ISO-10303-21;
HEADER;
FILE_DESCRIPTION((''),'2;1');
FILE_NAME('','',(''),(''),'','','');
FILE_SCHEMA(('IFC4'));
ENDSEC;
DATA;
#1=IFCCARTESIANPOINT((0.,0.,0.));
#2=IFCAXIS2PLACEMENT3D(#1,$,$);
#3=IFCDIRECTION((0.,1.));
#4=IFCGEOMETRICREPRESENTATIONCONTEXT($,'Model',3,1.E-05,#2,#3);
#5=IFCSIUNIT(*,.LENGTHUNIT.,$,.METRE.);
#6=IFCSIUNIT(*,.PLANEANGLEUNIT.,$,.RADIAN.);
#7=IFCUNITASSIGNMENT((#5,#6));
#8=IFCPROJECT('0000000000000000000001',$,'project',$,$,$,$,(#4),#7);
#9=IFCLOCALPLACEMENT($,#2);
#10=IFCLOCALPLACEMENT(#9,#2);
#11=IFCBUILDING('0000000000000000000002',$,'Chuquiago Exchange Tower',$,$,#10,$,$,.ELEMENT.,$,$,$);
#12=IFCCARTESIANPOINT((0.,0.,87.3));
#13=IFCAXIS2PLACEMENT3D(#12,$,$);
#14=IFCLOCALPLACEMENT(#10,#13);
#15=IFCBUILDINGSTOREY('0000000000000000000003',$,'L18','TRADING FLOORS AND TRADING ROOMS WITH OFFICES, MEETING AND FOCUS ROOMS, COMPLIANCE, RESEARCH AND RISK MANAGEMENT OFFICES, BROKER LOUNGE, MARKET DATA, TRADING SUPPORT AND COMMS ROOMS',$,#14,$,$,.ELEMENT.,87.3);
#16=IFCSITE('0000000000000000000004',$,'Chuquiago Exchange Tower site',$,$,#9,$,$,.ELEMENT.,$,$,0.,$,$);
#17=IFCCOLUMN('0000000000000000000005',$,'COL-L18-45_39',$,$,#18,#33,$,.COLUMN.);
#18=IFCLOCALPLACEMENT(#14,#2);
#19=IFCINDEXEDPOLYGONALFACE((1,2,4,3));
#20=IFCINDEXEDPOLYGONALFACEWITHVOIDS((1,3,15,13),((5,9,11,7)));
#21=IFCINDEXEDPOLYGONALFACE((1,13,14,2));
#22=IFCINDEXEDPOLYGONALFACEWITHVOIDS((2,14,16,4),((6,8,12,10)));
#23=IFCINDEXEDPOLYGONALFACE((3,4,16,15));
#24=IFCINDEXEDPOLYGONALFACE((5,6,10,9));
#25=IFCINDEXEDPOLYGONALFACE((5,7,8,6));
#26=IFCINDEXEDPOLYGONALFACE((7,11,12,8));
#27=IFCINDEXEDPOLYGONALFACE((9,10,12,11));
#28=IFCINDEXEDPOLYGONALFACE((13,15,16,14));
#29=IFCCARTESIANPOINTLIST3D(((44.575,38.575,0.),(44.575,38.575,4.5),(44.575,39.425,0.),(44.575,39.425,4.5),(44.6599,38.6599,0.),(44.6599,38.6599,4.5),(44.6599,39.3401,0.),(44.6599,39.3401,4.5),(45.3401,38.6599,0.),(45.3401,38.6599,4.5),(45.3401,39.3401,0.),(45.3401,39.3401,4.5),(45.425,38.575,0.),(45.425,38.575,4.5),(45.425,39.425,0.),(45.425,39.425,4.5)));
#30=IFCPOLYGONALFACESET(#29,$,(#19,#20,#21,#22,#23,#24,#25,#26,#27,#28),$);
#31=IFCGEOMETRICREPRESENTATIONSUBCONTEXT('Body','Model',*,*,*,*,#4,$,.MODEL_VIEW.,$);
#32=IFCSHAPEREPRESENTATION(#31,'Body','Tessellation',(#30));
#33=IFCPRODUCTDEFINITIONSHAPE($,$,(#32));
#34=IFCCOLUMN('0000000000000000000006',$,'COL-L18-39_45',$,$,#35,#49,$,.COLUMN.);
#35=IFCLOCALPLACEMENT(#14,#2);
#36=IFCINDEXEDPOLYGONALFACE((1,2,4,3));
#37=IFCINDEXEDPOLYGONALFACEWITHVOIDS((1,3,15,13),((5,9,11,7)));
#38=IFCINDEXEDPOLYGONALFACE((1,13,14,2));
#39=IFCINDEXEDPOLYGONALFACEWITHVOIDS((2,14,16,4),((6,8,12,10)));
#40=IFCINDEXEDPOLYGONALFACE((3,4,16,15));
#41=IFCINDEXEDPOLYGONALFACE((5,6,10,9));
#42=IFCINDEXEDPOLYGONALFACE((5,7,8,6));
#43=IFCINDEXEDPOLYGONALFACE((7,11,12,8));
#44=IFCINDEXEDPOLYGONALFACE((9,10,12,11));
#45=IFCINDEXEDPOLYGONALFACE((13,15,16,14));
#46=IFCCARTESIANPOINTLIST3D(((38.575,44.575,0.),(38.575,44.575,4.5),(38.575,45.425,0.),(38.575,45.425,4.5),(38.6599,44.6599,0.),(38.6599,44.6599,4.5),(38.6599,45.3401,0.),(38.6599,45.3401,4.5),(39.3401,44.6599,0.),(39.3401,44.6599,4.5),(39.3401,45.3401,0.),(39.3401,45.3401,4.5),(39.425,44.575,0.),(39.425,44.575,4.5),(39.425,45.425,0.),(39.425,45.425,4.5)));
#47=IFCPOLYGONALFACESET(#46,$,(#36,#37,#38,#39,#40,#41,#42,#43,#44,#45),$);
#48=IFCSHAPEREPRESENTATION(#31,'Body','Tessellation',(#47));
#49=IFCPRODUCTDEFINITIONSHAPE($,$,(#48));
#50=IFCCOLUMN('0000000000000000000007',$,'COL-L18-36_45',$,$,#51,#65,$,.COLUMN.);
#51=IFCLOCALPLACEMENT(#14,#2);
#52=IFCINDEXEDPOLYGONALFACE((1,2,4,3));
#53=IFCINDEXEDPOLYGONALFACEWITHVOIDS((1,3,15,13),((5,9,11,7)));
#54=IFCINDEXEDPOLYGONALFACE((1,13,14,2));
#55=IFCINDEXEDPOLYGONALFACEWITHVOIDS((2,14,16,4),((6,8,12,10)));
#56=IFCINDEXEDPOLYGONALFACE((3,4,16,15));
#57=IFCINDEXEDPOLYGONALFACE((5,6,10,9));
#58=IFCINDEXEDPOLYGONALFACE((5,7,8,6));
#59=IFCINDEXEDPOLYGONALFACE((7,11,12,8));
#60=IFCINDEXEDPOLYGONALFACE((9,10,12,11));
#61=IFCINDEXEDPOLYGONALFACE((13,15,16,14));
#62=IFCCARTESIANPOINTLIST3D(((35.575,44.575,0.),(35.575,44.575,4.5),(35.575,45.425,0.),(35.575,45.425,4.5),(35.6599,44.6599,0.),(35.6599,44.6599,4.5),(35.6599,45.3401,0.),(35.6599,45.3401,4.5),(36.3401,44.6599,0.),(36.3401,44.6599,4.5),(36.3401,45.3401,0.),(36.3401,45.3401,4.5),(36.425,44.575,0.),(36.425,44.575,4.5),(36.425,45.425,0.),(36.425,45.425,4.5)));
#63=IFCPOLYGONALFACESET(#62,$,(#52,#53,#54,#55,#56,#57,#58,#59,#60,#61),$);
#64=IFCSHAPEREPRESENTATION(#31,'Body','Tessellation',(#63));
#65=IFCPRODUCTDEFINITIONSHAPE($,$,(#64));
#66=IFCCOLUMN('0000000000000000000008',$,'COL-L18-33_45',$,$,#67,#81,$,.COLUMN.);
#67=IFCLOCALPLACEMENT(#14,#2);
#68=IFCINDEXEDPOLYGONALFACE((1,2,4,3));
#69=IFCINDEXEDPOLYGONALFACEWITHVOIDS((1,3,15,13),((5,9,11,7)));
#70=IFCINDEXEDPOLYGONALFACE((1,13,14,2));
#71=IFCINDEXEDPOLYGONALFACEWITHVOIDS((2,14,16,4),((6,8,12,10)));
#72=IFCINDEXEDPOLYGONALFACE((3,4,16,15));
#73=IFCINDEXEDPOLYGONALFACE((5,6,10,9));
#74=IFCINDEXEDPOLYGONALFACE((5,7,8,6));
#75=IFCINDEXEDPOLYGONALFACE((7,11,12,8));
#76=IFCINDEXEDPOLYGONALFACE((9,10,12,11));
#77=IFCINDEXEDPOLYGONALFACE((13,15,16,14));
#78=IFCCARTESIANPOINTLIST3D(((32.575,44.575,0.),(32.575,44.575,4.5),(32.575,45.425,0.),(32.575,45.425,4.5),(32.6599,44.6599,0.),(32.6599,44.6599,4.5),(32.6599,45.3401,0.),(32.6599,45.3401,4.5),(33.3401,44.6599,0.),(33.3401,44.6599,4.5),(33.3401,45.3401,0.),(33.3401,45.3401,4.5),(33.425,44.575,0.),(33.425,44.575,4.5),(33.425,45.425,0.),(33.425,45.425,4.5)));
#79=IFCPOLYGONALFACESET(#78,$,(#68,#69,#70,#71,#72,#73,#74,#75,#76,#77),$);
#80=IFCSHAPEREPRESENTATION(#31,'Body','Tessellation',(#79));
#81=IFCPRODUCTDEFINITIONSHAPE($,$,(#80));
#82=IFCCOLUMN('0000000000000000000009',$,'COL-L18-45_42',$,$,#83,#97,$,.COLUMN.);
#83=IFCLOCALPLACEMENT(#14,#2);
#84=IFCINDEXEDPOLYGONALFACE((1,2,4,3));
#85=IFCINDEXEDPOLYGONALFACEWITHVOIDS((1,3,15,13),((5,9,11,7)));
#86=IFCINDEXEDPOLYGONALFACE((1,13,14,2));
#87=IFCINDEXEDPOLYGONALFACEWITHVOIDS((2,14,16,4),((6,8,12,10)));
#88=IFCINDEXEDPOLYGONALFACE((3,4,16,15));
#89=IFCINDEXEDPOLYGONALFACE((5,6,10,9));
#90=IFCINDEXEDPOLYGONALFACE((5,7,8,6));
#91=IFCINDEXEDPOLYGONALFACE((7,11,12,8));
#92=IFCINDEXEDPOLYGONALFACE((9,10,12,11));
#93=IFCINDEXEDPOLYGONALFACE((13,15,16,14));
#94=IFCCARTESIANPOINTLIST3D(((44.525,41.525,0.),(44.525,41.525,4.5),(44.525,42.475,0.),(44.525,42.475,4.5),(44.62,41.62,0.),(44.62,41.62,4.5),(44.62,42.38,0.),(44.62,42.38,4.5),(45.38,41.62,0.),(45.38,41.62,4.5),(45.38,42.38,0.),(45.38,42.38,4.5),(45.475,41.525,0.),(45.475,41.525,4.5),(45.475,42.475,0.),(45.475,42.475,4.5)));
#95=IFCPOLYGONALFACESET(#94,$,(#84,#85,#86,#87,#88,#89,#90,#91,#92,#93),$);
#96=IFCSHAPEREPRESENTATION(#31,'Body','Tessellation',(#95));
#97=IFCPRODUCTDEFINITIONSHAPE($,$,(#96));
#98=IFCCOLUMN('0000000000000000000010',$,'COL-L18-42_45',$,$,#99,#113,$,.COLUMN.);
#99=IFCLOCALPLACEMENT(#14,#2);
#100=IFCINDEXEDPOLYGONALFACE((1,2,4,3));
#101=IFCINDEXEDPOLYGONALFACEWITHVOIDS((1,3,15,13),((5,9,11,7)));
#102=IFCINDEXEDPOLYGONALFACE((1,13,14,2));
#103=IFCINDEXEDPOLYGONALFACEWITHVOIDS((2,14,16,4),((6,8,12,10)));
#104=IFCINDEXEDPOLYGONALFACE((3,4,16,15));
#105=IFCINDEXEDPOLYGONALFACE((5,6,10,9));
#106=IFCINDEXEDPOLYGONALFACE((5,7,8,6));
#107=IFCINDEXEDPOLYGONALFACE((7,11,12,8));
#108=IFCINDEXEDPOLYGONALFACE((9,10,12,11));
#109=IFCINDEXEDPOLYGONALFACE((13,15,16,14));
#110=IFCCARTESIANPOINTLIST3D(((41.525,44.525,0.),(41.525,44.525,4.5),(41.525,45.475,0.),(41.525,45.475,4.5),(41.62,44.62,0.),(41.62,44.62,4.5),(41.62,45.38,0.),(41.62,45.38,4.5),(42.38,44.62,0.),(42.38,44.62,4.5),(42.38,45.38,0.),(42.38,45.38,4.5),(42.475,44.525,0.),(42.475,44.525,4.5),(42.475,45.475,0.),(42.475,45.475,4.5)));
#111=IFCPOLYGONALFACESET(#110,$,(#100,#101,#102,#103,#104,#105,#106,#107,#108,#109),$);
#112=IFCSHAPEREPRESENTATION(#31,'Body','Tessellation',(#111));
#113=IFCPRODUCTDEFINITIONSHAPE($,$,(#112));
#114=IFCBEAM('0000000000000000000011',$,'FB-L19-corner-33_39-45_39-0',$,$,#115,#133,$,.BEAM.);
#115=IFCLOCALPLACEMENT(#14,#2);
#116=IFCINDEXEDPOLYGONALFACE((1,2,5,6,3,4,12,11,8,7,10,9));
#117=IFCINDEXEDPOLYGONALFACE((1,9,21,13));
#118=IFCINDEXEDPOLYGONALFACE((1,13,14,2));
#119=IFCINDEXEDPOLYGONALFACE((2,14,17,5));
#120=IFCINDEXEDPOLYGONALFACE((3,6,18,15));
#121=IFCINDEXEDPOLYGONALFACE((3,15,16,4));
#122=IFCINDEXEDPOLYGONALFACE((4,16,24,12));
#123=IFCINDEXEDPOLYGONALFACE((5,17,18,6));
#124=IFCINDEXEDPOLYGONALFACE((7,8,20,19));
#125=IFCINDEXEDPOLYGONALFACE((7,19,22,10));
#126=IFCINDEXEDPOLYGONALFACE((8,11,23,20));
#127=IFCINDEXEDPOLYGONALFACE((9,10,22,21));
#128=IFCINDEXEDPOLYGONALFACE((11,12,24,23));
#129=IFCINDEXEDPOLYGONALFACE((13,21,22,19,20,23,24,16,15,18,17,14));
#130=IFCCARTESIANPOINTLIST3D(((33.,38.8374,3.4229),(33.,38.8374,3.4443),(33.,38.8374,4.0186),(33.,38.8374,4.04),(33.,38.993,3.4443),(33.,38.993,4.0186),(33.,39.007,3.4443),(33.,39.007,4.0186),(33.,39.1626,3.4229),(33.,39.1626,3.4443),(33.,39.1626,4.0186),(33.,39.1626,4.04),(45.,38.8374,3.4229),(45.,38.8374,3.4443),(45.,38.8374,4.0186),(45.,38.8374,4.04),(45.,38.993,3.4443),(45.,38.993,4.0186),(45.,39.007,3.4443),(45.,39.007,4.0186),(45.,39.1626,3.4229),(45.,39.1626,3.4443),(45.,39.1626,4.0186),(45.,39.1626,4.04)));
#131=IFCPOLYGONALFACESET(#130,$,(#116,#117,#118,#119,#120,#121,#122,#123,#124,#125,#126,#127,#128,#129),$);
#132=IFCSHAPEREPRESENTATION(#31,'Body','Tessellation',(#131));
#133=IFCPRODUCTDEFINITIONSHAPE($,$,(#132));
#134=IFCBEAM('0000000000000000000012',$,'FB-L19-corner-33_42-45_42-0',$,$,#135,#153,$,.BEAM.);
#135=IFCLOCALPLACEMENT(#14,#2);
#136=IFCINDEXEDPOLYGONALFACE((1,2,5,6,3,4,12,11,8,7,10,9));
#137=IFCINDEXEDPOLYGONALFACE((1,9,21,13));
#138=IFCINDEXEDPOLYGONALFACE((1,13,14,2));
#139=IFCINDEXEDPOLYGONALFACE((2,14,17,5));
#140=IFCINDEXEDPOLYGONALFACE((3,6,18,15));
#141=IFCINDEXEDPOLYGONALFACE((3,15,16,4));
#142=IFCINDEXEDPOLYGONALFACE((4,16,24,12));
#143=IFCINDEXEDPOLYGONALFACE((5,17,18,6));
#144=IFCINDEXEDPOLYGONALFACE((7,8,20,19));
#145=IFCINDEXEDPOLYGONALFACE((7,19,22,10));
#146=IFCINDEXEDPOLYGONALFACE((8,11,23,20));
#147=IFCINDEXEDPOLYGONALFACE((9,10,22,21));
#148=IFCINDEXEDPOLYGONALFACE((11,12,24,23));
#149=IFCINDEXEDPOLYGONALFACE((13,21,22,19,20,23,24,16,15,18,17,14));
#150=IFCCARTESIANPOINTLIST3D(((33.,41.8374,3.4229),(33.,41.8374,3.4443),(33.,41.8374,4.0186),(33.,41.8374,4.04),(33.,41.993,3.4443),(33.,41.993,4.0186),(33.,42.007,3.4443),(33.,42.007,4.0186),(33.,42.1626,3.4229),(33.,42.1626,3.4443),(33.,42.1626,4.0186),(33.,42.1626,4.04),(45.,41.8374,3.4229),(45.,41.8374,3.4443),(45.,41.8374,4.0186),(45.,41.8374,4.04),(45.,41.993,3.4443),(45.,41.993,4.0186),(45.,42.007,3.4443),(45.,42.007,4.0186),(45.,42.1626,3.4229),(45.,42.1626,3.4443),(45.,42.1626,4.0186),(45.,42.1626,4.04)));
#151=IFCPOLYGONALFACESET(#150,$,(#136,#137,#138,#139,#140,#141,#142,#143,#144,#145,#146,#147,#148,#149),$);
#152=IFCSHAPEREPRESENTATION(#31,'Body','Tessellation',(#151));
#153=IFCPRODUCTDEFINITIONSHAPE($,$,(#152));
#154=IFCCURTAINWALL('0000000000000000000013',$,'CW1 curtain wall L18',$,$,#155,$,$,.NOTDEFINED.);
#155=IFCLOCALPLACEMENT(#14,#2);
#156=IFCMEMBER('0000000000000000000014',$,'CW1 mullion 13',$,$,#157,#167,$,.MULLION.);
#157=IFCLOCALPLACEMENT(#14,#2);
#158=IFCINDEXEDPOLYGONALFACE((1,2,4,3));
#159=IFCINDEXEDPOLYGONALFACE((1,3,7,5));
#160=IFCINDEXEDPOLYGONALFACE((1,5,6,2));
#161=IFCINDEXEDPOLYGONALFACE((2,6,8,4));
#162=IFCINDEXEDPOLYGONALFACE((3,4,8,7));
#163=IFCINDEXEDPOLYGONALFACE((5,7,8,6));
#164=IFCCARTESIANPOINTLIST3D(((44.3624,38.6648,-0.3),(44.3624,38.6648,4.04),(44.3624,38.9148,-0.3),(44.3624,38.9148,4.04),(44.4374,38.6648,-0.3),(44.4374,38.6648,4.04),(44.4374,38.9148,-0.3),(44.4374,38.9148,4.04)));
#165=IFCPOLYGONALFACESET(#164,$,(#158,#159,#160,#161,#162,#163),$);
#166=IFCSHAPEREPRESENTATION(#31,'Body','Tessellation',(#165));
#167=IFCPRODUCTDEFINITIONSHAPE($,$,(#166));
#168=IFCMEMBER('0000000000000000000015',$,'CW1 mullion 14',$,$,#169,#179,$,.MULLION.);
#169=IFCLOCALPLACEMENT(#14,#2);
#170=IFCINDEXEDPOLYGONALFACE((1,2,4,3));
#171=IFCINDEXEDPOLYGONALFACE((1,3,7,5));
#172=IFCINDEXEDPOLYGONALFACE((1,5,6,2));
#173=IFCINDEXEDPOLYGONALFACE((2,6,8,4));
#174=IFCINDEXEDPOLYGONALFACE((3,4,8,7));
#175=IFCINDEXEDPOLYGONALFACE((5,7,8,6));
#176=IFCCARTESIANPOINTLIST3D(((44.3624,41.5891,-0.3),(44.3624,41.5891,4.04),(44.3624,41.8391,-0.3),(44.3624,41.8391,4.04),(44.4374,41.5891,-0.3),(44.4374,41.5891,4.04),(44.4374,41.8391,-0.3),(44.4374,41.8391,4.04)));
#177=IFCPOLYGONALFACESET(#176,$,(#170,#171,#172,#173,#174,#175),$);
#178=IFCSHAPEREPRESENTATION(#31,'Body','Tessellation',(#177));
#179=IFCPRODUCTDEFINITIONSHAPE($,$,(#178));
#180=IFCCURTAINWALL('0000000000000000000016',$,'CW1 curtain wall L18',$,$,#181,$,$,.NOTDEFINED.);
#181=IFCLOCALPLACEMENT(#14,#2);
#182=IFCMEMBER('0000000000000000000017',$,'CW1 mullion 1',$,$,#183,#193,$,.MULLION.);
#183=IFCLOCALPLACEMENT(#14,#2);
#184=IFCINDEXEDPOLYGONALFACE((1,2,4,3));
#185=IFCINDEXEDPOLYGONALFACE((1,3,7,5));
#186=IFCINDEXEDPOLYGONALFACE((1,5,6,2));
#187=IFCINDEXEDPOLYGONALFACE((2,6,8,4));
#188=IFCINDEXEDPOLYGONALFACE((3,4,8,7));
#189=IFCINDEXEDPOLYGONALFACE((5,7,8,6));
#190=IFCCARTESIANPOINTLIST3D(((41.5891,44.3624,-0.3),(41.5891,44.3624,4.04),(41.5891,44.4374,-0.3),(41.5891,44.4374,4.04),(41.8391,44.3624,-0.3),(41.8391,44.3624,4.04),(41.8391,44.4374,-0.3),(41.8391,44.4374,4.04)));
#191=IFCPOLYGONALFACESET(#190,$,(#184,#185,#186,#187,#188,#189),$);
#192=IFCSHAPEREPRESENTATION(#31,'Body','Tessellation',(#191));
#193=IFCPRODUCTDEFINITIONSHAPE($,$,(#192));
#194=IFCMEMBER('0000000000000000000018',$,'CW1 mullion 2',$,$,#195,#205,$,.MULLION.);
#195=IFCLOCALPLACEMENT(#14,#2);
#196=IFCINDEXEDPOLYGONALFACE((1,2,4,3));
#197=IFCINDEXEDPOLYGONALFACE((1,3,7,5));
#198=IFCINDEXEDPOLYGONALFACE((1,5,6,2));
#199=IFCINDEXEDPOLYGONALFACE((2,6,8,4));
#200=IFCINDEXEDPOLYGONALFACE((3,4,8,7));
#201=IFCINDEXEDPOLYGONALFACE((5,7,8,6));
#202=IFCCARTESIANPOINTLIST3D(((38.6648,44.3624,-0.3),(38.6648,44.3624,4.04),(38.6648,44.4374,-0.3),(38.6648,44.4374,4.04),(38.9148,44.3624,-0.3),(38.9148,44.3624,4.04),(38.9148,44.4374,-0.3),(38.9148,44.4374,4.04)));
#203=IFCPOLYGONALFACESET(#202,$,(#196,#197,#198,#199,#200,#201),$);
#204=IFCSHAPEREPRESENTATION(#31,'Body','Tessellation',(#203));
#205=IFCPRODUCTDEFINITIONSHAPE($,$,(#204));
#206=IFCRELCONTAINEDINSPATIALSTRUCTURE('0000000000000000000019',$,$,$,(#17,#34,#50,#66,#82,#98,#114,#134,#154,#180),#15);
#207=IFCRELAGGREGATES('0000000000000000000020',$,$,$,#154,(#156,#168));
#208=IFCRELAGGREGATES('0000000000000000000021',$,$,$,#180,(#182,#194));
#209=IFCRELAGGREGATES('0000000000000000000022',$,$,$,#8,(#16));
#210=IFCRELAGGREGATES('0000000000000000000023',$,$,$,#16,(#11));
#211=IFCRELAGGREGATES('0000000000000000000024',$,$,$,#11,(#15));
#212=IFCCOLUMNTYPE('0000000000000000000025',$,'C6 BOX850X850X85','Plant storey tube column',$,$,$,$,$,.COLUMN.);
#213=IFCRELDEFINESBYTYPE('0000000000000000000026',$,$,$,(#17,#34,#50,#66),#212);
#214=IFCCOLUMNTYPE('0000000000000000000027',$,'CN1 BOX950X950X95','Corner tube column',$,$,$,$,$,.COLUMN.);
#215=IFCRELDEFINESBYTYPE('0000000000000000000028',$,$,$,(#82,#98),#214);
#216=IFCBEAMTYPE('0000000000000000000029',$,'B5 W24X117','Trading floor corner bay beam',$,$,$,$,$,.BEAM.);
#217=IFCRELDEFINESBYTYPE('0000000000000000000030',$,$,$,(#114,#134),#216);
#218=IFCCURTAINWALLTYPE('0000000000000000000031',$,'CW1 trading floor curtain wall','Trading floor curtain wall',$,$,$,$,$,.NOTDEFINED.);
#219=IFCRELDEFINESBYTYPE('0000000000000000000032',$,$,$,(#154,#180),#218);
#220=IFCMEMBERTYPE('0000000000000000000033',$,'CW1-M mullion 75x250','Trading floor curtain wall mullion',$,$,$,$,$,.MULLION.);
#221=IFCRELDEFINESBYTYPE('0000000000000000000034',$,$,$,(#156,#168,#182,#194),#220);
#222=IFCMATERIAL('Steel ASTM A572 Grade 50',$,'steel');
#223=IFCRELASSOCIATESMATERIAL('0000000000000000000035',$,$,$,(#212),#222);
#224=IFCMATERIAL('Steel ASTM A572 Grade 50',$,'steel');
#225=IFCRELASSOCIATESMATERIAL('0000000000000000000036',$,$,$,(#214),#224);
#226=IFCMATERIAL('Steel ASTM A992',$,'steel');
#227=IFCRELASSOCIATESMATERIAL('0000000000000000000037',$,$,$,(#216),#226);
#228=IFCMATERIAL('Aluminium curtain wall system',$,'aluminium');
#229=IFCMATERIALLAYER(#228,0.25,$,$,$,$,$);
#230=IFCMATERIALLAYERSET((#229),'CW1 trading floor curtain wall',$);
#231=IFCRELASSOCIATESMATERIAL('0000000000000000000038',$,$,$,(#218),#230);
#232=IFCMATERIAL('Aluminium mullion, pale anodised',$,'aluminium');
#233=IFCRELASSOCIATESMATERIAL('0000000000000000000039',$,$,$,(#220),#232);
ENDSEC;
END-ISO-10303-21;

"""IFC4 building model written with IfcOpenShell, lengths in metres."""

from ifc_helpers import new_model, si_unit, direction, frame, origin, origin_2d, place, context, subcontext, project, spatial, rectangle, hollow_rectangle, i_section, extrude, material, layer, layer_set, material_profile, profile_set, type_object, element, aggregate, save


model = new_model("IFC4")

# Units and contexts
model_context = context("Model", 3, precision=1e-05, world=origin(), true_north=direction((0.0, 1.0)))
body_context = subcontext(model_context, "Body", "Model", "MODEL_VIEW")
ifc_project = project(units=[si_unit("LENGTHUNIT", "METRE"), si_unit("PLANEANGLEUNIT", "RADIAN")], contexts=[model_context])

# Site, building, storey
site_placement = place(None, origin())
site = spatial("IfcSite", under=ifc_project, at=site_placement, Name="Chuquiago Exchange Tower site", CompositionType="ELEMENT", RefElevation=0.0)
building_placement = place(site_placement, origin())
building = spatial("IfcBuilding", under=site, at=building_placement, Name="Chuquiago Exchange Tower", CompositionType="ELEMENT")
storey_placement = place(building_placement, frame((0.0, 0.0, 87.3)))
storey = spatial("IfcBuildingStorey", under=building, at=storey_placement, Name="L18", Description="TRADING FLOORS AND TRADING ROOMS WITH OFFICES, MEETING AND FOCUS ROOMS, COMPLIANCE, RESEARCH AND RISK MANAGEMENT OFFICES, BROKER LOUNGE, MARKET DATA, TRADING SUPPORT AND COMMS ROOMS", CompositionType="ELEMENT", Elevation=87.3)

# Columns
ifc_material_1 = material(Name="Steel ASTM A572 Grade 50", Category="steel")
ifc_material_profile_1 = material_profile(ifc_material_1, hollow_rectangle(XDim=0.8501, YDim=0.8501, WallThickness=0.085, at=origin_2d()), Name="BOX850X850X85")
ifc_profile_set_1 = profile_set([ifc_material_profile_1], Name="Steel ASTM A572 Grade 50")
column_type_1 = type_object("IfcColumnType", Name="C6 BOX850X850X85", Description="Plant storey tube column", PredefinedType="COLUMN", material=ifc_profile_set_1)
for number, where, z_axis, x_axis, name in (
    (1, (45.0, 39.0, 0.0), (0.0, 0.0, 1.0), (1.0, 0.0, 0.0), "COL-L18-45_39"),
    (2, (39.0, 45.0, 0.0), (0.0, 0.0, 1.0), (0.0, 1.0, 0.0), "COL-L18-39_45"),
    (3, (36.0, 45.0, 0.0), (0.0, 0.0, 1.0), (0.0, 1.0, 0.0), "COL-L18-36_45"),
    (4, (33.0, 45.0, 0.0), (0.0, 0.0, 1.0), (0.0, 1.0, 0.0), "COL-L18-33_45"),
):
    element("IfcColumn", number, at=place(storey_placement, frame(where, z_axis=z_axis, x_axis=x_axis)), inside=storey, type_object=column_type_1, Name=name, PredefinedType="COLUMN", context=body_context, shape_type="SweptSolid", body=[
        extrude(hollow_rectangle(XDim=0.8501, YDim=0.8501, WallThickness=0.085, at=origin_2d()), origin(), (0.0, 0.0, 1.0), 4.5),
    ])
ifc_material_2 = material(Name="Steel ASTM A572 Grade 50", Category="steel")
ifc_material_profile_2 = material_profile(ifc_material_2, hollow_rectangle(XDim=0.95, YDim=0.95, WallThickness=0.095, at=origin_2d()), Name="BOX950X950X95")
ifc_profile_set_2 = profile_set([ifc_material_profile_2], Name="Steel ASTM A572 Grade 50")
column_type_2 = type_object("IfcColumnType", Name="CN1 BOX950X950X95", Description="Corner tube column", PredefinedType="COLUMN", material=ifc_profile_set_2)
for number, where, z_axis, x_axis, name in (
    (5, (45.0, 42.0, 0.0), (0.0, 0.0, 1.0), (1.0, 0.0, 0.0), "COL-L18-45_42"),
    (6, (42.0, 45.0, 0.0), (0.0, 0.0, 1.0), (0.0, 1.0, 0.0), "COL-L18-42_45"),
):
    element("IfcColumn", number, at=place(storey_placement, frame(where, z_axis=z_axis, x_axis=x_axis)), inside=storey, type_object=column_type_2, Name=name, PredefinedType="COLUMN", context=body_context, shape_type="SweptSolid", body=[
        extrude(hollow_rectangle(XDim=0.95, YDim=0.95, WallThickness=0.095, at=origin_2d()), origin(), (0.0, 0.0, 1.0), 4.5),
    ])

# Beams
ifc_material_3 = material(Name="Steel ASTM A992", Category="steel")
ifc_material_profile_3 = material_profile(ifc_material_3, i_section(OverallWidth=0.3252, OverallDepth=0.6172, WebThickness=0.0139, FlangeThickness=0.0215, at=origin_2d()), Name="W24X117")
ifc_profile_set_3 = profile_set([ifc_material_profile_3], Name="Steel ASTM A992")
beam_type_1 = type_object("IfcBeamType", Name="B5 W24X117", Description="Trading floor corner bay beam", PredefinedType="BEAM", material=ifc_profile_set_3)
for number, where, z_axis, x_axis, name in (
    (7, (33.0, 39.0, 3.7314), (1.0, 0.0, 0.0), (0.0, 1.0, 0.0), "FB-L19-corner-33_39-45_39-0"),
    (8, (33.0, 42.0, 3.7314), (1.0, 0.0, 0.0), (0.0, 1.0, 0.0), "FB-L19-corner-33_42-45_42-0"),
):
    element("IfcBeam", number, at=place(storey_placement, frame(where, z_axis=z_axis, x_axis=x_axis)), inside=storey, type_object=beam_type_1, Name=name, PredefinedType="BEAM", context=body_context, shape_type="SweptSolid", body=[
        extrude(i_section(OverallWidth=0.3252, OverallDepth=0.6172, WebThickness=0.0139, FlangeThickness=0.0215, at=origin_2d()), origin(), (0.0, 0.0, 1.0), 12.0),
    ])

# Curtain walls, members
ifc_material_4 = material(Name="Aluminium curtain wall system", Category="aluminium")
ifc_layer_1 = layer(ifc_material_4, 0.25)
ifc_layer_set_1 = layer_set([ifc_layer_1], Name="CW1 trading floor curtain wall")
curtain_wall_type_1 = type_object("IfcCurtainWallType", Name="CW1 trading floor curtain wall", Description="Trading floor curtain wall", PredefinedType="NOTDEFINED", material=ifc_layer_set_1)
curtain_wall_1_placement = place(storey_placement, origin())
curtain_wall_1 = element("IfcCurtainWall", 9, at=curtain_wall_1_placement, inside=storey, type_object=curtain_wall_type_1, Name="CW1 curtain wall L18", PredefinedType="NOTDEFINED")
ifc_material_5 = material(Name="Aluminium mullion, pale anodised", Category="aluminium")
ifc_material_profile_4 = material_profile(ifc_material_5, rectangle(XDim=0.075, YDim=0.25, at=origin_2d()), Name="AL 75x250")
ifc_profile_set_4 = profile_set([ifc_material_profile_4], Name="Aluminium mullion, pale anodised")
member_type_1 = type_object("IfcMemberType", Name="CW1-M mullion 75x250", Description="Trading floor curtain wall mullion", PredefinedType="MULLION", material=ifc_profile_set_4)
member_1_placement = place(storey_placement, frame((44.3999, 38.7898, -0.3), z_axis=(0.0, 0.0, 1.0), x_axis=(-1.0, 0.0, 0.0)))
member_1 = element("IfcMember", 10, at=member_1_placement, type_object=member_type_1, Name="CW1 mullion 13", PredefinedType="MULLION", context=body_context, shape_type="SweptSolid", body=[
    extrude(rectangle(XDim=0.075, YDim=0.25, at=origin_2d()), origin(), (0.0, 0.0, 1.0), 4.3401),
])
member_2_placement = place(storey_placement, frame((44.3999, 41.7141, -0.3), z_axis=(0.0, 0.0, 1.0), x_axis=(-1.0, 0.0, 0.0)))
member_2 = element("IfcMember", 11, at=member_2_placement, type_object=member_type_1, Name="CW1 mullion 14", PredefinedType="MULLION", context=body_context, shape_type="SweptSolid", body=[
    extrude(rectangle(XDim=0.075, YDim=0.25, at=origin_2d()), origin(), (0.0, 0.0, 1.0), 4.3401),
])
curtain_wall_2_placement = place(storey_placement, origin())
curtain_wall_2 = element("IfcCurtainWall", 12, at=curtain_wall_2_placement, inside=storey, type_object=curtain_wall_type_1, Name="CW1 curtain wall L18", PredefinedType="NOTDEFINED")
member_3_placement = place(storey_placement, frame((41.7141, 44.3999, -0.3), z_axis=(0.0, 0.0, 1.0), x_axis=(0.0, -1.0, 0.0)))
member_3 = element("IfcMember", 13, at=member_3_placement, type_object=member_type_1, Name="CW1 mullion 1", PredefinedType="MULLION", context=body_context, shape_type="SweptSolid", body=[
    extrude(rectangle(XDim=0.075, YDim=0.25, at=origin_2d()), origin(), (0.0, 0.0, 1.0), 4.3401),
])
member_4_placement = place(storey_placement, frame((38.7898, 44.3999, -0.3), z_axis=(0.0, 0.0, 1.0), x_axis=(0.0, -1.0, 0.0)))
member_4 = element("IfcMember", 14, at=member_4_placement, type_object=member_type_1, Name="CW1 mullion 2", PredefinedType="MULLION", context=body_context, shape_type="SweptSolid", body=[
    extrude(rectangle(XDim=0.075, YDim=0.25, at=origin_2d()), origin(), (0.0, 0.0, 1.0), 4.3401),
])

aggregate(curtain_wall_1, [member_1, member_2])
aggregate(curtain_wall_2, [member_3, member_4])

save(model, "model.ifc")
